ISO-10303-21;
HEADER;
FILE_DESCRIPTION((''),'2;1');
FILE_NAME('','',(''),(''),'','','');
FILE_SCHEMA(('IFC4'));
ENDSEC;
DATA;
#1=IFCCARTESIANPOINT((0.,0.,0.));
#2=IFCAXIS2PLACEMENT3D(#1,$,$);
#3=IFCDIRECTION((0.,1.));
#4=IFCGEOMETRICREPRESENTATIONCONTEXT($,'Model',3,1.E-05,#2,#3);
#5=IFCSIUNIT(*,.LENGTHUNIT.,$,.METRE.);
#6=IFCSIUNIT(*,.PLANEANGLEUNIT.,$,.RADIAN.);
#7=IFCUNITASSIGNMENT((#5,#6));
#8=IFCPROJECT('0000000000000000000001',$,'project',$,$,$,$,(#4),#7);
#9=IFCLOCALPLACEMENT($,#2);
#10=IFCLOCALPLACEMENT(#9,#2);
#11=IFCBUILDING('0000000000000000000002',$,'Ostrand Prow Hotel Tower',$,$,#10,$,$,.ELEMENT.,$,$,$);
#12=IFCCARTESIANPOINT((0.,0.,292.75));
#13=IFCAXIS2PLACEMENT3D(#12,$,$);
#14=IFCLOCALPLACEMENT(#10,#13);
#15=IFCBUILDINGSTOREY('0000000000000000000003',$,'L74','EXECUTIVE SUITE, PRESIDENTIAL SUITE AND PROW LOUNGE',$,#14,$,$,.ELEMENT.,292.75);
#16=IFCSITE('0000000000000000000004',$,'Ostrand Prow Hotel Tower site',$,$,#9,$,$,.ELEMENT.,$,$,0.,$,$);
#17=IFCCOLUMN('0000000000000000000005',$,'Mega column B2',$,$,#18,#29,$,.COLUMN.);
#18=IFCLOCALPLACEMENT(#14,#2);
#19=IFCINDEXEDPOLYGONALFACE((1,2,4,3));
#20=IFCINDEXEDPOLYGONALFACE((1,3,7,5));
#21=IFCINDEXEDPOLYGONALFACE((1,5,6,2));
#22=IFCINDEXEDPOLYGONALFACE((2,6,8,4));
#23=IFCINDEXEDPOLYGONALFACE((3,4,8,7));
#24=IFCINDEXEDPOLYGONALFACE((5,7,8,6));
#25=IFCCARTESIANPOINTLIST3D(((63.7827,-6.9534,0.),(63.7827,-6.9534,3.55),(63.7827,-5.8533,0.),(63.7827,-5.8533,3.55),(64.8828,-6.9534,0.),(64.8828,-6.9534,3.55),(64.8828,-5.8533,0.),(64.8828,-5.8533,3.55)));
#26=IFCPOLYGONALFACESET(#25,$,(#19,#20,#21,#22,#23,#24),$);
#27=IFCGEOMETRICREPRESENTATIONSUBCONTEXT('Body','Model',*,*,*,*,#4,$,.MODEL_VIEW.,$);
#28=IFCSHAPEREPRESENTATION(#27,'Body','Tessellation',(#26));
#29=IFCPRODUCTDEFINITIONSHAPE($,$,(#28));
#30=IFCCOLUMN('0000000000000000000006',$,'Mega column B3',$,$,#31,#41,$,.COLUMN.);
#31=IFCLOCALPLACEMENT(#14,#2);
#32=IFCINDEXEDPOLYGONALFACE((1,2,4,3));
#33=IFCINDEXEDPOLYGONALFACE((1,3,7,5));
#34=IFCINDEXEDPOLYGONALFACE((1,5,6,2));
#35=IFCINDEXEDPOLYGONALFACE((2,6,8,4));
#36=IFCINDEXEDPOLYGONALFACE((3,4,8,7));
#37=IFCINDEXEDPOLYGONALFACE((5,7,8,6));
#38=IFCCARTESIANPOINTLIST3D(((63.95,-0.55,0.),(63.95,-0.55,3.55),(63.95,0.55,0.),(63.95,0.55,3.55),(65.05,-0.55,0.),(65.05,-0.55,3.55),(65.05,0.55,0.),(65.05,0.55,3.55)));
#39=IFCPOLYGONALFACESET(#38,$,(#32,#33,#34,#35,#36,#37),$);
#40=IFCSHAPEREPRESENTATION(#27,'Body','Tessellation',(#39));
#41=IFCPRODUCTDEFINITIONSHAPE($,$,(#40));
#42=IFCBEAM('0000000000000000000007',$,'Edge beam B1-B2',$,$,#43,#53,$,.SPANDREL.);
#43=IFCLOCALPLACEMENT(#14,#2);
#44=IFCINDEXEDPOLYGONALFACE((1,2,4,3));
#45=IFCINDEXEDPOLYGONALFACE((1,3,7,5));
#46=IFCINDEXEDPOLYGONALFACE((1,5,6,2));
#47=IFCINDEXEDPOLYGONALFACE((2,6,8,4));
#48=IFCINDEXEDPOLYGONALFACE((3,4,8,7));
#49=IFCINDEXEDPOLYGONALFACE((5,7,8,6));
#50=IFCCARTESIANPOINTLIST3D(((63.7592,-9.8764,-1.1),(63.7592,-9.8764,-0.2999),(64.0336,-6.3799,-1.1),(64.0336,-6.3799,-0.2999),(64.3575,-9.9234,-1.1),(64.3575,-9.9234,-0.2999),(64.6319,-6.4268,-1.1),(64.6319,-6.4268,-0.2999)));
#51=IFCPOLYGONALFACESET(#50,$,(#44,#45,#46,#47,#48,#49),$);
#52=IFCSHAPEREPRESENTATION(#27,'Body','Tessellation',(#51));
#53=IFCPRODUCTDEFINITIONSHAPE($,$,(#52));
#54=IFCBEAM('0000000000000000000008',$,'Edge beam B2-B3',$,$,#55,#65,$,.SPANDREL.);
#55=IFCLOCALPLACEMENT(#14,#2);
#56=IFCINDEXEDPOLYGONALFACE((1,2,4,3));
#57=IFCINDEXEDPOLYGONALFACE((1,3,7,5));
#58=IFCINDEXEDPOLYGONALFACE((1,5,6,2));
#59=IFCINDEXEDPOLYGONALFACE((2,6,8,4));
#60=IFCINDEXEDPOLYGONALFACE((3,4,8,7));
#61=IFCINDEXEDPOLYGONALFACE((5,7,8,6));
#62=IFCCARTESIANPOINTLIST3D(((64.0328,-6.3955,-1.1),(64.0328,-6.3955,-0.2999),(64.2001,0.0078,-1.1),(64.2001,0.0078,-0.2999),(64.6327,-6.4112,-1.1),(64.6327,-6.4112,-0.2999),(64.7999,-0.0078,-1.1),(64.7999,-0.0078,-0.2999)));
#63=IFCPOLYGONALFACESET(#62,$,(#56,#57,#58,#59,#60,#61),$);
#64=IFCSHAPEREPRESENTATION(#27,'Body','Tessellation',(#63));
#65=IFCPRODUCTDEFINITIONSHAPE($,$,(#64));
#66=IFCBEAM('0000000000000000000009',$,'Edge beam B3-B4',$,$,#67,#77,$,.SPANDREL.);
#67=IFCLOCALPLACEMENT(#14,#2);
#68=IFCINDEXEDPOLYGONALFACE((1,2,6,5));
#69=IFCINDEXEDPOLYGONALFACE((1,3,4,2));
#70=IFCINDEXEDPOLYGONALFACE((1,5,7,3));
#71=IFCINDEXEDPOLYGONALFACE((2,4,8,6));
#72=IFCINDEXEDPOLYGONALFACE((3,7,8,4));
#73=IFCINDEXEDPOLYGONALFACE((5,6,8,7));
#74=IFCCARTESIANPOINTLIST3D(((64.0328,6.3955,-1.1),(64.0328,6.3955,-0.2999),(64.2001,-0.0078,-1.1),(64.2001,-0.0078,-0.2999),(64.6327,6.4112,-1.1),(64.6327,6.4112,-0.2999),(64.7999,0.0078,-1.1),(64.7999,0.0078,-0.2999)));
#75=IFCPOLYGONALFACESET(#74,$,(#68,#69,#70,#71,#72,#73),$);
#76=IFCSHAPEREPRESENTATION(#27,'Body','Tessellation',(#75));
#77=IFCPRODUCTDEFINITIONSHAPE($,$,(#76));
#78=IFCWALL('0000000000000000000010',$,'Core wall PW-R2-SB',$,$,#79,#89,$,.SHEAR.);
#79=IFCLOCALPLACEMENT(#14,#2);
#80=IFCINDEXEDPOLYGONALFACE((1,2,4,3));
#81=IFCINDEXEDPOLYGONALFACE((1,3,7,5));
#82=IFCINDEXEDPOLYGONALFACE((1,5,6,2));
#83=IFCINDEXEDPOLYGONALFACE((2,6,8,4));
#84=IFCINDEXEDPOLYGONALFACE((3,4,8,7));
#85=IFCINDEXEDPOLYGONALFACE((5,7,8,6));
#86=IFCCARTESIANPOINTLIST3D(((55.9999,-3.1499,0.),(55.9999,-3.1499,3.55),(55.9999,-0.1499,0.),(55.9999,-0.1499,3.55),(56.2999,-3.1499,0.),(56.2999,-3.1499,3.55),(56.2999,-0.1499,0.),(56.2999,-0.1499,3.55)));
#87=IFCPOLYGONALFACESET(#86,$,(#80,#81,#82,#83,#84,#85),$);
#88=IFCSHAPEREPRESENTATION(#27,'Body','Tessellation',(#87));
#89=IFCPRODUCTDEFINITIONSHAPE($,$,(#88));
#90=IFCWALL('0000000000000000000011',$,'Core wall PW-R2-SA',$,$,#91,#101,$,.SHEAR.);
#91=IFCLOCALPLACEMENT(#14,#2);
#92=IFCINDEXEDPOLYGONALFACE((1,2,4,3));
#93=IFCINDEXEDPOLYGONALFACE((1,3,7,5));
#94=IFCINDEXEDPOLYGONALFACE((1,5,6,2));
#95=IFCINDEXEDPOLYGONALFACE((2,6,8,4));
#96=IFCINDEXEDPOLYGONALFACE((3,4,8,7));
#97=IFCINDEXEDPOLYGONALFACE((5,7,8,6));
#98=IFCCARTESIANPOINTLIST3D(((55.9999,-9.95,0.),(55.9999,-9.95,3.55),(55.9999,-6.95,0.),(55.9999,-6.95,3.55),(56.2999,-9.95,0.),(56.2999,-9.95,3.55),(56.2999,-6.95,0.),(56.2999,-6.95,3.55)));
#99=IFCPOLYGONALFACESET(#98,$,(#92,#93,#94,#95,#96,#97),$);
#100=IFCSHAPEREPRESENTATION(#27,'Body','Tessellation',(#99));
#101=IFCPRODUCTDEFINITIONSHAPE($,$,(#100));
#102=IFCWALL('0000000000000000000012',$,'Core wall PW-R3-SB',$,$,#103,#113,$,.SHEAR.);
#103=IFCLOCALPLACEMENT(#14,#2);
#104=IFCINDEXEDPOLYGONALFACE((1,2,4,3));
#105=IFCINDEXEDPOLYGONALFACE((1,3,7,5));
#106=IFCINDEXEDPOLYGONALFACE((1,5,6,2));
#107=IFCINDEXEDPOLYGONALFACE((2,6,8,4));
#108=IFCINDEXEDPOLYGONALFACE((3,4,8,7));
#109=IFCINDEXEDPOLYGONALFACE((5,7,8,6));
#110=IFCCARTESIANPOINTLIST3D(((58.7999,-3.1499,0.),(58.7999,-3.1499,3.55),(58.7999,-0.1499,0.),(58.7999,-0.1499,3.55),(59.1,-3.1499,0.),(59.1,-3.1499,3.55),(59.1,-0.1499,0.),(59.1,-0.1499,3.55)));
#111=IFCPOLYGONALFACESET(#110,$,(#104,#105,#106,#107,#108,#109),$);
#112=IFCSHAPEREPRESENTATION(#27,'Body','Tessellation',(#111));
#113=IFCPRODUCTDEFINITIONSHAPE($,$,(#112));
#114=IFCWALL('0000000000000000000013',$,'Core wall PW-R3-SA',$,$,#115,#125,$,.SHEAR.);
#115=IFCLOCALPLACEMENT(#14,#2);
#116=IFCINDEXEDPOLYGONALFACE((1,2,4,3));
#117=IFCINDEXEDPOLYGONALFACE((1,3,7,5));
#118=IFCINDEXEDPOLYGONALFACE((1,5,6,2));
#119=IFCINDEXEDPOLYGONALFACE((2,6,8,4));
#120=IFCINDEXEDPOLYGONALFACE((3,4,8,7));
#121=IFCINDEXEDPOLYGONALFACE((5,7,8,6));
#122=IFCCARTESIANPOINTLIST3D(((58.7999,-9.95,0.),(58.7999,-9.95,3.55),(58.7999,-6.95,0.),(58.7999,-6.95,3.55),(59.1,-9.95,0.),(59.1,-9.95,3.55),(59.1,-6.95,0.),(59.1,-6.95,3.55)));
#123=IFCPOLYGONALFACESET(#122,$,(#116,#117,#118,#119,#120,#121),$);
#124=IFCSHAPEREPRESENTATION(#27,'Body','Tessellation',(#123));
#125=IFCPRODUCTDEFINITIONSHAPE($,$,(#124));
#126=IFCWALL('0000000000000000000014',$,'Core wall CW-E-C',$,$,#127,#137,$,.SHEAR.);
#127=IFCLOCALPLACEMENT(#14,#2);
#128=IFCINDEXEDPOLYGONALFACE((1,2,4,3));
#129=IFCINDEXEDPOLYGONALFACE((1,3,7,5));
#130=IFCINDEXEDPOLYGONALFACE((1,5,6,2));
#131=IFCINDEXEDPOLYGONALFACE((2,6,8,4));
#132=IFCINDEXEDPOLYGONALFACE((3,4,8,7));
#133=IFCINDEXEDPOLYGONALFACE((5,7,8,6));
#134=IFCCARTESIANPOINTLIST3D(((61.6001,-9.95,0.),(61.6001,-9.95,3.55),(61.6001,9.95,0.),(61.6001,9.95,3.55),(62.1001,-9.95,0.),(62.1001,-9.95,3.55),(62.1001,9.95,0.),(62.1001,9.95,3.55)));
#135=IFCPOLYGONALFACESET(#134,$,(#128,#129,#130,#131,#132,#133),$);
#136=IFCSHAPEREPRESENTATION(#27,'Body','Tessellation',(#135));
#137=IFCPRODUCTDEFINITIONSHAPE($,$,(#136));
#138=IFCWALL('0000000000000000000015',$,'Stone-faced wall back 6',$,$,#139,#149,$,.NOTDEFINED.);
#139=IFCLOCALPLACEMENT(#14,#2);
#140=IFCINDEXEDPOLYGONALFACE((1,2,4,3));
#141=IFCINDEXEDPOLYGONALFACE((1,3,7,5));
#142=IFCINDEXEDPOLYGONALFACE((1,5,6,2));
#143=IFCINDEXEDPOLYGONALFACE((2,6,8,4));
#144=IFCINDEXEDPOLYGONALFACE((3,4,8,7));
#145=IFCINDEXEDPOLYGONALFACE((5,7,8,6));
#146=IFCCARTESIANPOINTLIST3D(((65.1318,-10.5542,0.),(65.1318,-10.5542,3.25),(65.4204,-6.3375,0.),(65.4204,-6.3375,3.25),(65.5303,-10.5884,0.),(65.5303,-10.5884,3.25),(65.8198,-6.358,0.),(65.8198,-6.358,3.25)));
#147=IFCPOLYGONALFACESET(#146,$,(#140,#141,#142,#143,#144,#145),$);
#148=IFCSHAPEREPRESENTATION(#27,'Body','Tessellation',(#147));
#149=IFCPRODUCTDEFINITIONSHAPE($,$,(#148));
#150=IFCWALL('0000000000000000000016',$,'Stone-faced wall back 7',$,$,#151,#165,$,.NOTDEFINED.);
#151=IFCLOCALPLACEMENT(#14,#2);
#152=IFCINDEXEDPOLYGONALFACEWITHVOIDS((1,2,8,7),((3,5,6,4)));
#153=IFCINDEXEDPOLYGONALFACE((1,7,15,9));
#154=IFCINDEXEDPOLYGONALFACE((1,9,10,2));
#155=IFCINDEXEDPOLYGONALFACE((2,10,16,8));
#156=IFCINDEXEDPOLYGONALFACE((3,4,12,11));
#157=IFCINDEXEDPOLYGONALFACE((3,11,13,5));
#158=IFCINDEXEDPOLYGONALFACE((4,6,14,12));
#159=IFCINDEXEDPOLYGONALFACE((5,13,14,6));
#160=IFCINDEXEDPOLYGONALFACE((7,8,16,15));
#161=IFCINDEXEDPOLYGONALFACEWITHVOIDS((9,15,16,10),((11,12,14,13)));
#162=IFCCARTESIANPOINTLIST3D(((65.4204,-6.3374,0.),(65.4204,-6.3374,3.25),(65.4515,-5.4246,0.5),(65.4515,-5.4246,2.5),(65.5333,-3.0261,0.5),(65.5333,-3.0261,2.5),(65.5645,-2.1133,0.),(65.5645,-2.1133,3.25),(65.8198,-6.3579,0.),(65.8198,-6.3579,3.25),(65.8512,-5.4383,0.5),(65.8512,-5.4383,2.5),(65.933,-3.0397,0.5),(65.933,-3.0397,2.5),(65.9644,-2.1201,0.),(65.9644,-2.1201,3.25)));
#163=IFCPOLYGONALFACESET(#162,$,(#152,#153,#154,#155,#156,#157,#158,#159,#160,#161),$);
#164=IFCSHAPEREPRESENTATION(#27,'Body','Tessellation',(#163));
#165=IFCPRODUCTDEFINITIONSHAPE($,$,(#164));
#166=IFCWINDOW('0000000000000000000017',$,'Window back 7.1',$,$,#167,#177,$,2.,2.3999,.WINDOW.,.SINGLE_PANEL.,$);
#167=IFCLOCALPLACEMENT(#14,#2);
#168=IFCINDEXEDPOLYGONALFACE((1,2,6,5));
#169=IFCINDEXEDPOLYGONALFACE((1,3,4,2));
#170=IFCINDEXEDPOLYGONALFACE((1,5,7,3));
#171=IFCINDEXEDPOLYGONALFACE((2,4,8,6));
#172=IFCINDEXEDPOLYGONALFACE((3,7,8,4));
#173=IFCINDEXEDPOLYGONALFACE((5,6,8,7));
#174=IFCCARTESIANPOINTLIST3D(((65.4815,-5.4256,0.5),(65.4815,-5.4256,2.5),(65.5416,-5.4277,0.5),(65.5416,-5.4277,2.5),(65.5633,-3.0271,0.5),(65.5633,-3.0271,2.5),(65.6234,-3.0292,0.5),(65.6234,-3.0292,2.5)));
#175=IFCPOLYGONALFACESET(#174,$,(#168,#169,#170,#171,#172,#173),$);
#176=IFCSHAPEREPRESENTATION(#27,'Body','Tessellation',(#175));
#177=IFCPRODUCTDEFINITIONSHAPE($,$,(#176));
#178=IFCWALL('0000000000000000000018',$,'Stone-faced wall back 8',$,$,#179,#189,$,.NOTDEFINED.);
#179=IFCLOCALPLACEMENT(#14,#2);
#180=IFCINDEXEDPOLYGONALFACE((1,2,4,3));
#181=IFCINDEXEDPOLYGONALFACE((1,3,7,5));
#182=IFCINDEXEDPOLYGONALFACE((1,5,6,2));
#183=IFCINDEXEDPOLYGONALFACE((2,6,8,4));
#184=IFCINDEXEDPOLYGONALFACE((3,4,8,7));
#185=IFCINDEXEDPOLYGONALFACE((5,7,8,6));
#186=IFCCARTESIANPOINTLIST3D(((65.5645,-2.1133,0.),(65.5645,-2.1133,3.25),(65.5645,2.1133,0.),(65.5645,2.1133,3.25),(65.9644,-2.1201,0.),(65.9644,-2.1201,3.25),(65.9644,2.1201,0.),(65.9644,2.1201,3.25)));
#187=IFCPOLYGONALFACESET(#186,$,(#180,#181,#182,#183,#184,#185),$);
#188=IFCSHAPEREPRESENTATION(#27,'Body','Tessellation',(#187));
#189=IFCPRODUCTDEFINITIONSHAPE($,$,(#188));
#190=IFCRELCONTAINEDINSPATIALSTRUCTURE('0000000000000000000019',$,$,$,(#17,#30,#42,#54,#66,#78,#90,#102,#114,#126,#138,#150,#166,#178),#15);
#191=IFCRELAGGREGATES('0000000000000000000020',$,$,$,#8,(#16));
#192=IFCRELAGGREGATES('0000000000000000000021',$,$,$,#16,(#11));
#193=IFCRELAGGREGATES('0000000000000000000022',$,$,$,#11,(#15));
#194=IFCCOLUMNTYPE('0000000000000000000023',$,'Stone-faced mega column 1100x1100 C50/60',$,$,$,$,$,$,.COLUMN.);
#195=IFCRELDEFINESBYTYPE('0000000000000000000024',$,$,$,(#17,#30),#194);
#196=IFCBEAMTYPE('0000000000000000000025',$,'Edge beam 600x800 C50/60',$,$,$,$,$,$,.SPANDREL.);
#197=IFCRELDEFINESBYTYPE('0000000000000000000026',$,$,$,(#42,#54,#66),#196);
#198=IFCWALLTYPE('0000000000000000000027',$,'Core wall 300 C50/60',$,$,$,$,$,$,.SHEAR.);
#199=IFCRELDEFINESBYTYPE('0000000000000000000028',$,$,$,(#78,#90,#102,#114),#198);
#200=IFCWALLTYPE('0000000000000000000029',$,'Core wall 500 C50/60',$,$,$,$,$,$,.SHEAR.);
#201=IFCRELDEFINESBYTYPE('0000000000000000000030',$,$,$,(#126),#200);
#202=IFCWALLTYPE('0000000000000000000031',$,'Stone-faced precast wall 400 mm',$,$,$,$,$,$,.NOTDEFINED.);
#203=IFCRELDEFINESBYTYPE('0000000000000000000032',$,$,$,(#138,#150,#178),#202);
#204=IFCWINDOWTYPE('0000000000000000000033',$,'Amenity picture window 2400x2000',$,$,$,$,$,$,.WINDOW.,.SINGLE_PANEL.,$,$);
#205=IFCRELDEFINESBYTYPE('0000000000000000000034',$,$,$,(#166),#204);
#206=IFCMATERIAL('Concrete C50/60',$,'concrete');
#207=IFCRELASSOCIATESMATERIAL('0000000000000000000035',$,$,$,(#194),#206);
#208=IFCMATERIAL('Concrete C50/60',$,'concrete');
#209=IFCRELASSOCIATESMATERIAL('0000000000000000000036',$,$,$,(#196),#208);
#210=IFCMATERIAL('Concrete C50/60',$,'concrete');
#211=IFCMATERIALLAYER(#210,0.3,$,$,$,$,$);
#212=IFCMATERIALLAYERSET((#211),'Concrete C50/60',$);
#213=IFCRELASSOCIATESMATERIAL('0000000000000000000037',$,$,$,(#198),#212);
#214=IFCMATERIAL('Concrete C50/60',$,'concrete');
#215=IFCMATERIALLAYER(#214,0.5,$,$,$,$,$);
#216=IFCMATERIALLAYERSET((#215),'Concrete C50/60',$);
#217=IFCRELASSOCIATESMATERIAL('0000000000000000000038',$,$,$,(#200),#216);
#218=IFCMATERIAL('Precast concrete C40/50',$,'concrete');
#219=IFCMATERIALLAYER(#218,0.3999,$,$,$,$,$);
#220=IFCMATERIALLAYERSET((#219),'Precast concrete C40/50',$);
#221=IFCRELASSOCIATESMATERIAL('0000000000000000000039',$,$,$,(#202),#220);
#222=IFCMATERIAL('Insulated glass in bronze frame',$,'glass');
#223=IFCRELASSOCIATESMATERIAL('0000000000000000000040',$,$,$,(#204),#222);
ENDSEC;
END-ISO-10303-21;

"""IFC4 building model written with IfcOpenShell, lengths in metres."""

from ifc_helpers import new_model, si_unit, direction, frame, frame_2d, origin, origin_2d, place, context, subcontext, project, spatial, polyline, rectangle, outline, extrude, material, layer, layer_set, material_profile, profile_set, type_object, element, fill, save


model = new_model("IFC4")

# Units and contexts
model_context = context("Model", 3, precision=1e-05, world=origin(), true_north=direction((0.0, 1.0)))
body_context = subcontext(model_context, "Body", "Model", "MODEL_VIEW")
ifc_project = project(units=[si_unit("LENGTHUNIT", "METRE"), si_unit("PLANEANGLEUNIT", "RADIAN")], contexts=[model_context])

# Site, building, storey
site_placement = place(None, origin())
site = spatial("IfcSite", under=ifc_project, at=site_placement, Name="Ostrand Prow Hotel Tower site", CompositionType="ELEMENT", RefElevation=0.0)
building_placement = place(site_placement, origin())
building = spatial("IfcBuilding", under=site, at=building_placement, Name="Ostrand Prow Hotel Tower", CompositionType="ELEMENT")
storey_placement = place(building_placement, frame((0.0, 0.0, 292.75)))
storey = spatial("IfcBuildingStorey", under=building, at=storey_placement, Name="L74", Description="EXECUTIVE SUITE, PRESIDENTIAL SUITE AND PROW LOUNGE", CompositionType="ELEMENT", Elevation=292.75)

# Columns
ifc_material_1 = material(Name="Concrete C50/60", Category="concrete")
ifc_material_profile_1 = material_profile(ifc_material_1, rectangle(XDim=1.1001, YDim=1.1001, at=origin_2d()), Name="RC 1100x1100")
ifc_profile_set_1 = profile_set([ifc_material_profile_1], Name="Concrete C50/60")
column_type = type_object("IfcColumnType", Name="Stone-faced mega column 1100x1100 C50/60", PredefinedType="COLUMN", material=ifc_profile_set_1)
for number, where, z_axis, x_axis, name in (
    (1, (64.3328, -6.4033, 0.0), (0.0, 0.0, 1.0), (1.0, 0.0, 0.0), "Mega column B2"),
    (2, (64.5, 0.0, 0.0), (0.0, 0.0, 1.0), (1.0, 0.0, 0.0), "Mega column B3"),
):
    element("IfcColumn", number, at=place(storey_placement, frame(where, z_axis=z_axis, x_axis=x_axis)), inside=storey, type_object=column_type, Name=name, PredefinedType="COLUMN", context=body_context, shape_type="SweptSolid", body=[
        extrude(rectangle(XDim=1.1001, YDim=1.1001, at=origin_2d()), origin(), (0.0, 0.0, 1.0), 3.55),
    ])

# Beams
ifc_material_2 = material(Name="Concrete C50/60", Category="concrete")
ifc_material_profile_2 = material_profile(ifc_material_2, rectangle(XDim=0.6001, YDim=0.8, at=origin_2d()), Name="RC 600x800")
ifc_profile_set_2 = profile_set([ifc_material_profile_2], Name="Concrete C50/60")
beam_type = type_object("IfcBeamType", Name="Edge beam 600x800 C50/60", PredefinedType="SPANDREL", material=ifc_profile_set_2)
beam_placement = place(storey_placement, frame((64.0583, -9.8999, -0.7), z_axis=(0.07824, 0.996935, 0.0), x_axis=(-0.996935, 0.07824, 0.0)))
element("IfcBeam", 3, at=beam_placement, inside=storey, type_object=beam_type, Name="Edge beam B1-B2", PredefinedType="SPANDREL", context=body_context, shape_type="SweptSolid", body=[
    extrude(rectangle(XDim=0.6001, YDim=0.8, at=origin_2d()), origin(), (0.0, 0.0, 1.0), 3.5073),
])
for number, where, z_axis, x_axis, name in (
    (4, (64.3328, -6.4033, -0.7), (0.026108, 0.999659, 0.0), (-0.999659, 0.026108, 0.0), "Edge beam B2-B3"),
    (5, (64.5, 0.0, -0.7), (-0.026108, 0.999659, 0.0), (-0.999659, -0.026108, 0.0), "Edge beam B3-B4"),
):
    element("IfcBeam", number, at=place(storey_placement, frame(where, z_axis=z_axis, x_axis=x_axis)), inside=storey, type_object=beam_type, Name=name, PredefinedType="SPANDREL", context=body_context, shape_type="SweptSolid", body=[
        extrude(rectangle(XDim=0.6001, YDim=0.8, at=origin_2d()), origin(), (0.0, 0.0, 1.0), 6.4055),
    ])

# Walls
ifc_material_3 = material(Name="Concrete C50/60", Category="concrete")
ifc_layer_1 = layer(ifc_material_3, 0.3)
ifc_layer_set_1 = layer_set([ifc_layer_1], Name="Concrete C50/60")
wall_type_1 = type_object("IfcWallType", Name="Core wall 300 C50/60", PredefinedType="SHEAR", material=ifc_layer_set_1)
for number, where, z_axis, x_axis, name in (
    (6, (56.1499, -3.1499, 0.0), (0.0, 0.0, 1.0), (0.0, 1.0, 0.0), "Core wall PW-R2-SB"),
    (7, (56.1499, -9.95, 0.0), (0.0, 0.0, 1.0), (0.0, 1.0, 0.0), "Core wall PW-R2-SA"),
    (8, (58.95, -3.1499, 0.0), (0.0, 0.0, 1.0), (0.0, 1.0, 0.0), "Core wall PW-R3-SB"),
    (9, (58.95, -9.95, 0.0), (0.0, 0.0, 1.0), (0.0, 1.0, 0.0), "Core wall PW-R3-SA"),
):
    element("IfcWall", number, at=place(storey_placement, frame(where, z_axis=z_axis, x_axis=x_axis)), inside=storey, type_object=wall_type_1, Name=name, PredefinedType="SHEAR", context=body_context, shape_type="SweptSolid", body=[
        extrude(rectangle(XDim=3.0, YDim=0.3, at=frame_2d((1.5, 0.0))), origin(), (0.0, 0.0, 1.0), 3.55),
    ])
ifc_material_4 = material(Name="Concrete C50/60", Category="concrete")
ifc_layer_2 = layer(ifc_material_4, 0.5)
ifc_layer_set_2 = layer_set([ifc_layer_2], Name="Concrete C50/60")
wall_type_2 = type_object("IfcWallType", Name="Core wall 500 C50/60", PredefinedType="SHEAR", material=ifc_layer_set_2)
wall_1_placement = place(storey_placement, frame((61.8501, -9.95, 0.0), z_axis=(0.0, 0.0, 1.0), x_axis=(0.0, 1.0, 0.0)))
element("IfcWall", 10, at=wall_1_placement, inside=storey, type_object=wall_type_2, Name="Core wall CW-E-C", PredefinedType="SHEAR", context=body_context, shape_type="SweptSolid", body=[
    extrude(rectangle(XDim=19.8999, YDim=0.5, at=frame_2d((9.95, 0.0))), origin(), (0.0, 0.0, 1.0), 3.55),
])
ifc_material_5 = material(Name="Precast concrete C40/50", Category="concrete")
ifc_layer_3 = layer(ifc_material_5, 0.3999)
ifc_layer_set_3 = layer_set([ifc_layer_3], Name="Precast concrete C40/50")
wall_type_3 = type_object("IfcWallType", Name="Stone-faced precast wall 400 mm", PredefinedType="NOTDEFINED", material=ifc_layer_set_3)
wall_2_placement = place(storey_placement, frame((65.3311, -10.5713, 0.0), z_axis=(0.0, 0.0, 1.0), x_axis=(0.06828, 0.997666, 0.0)))
element("IfcWall", 11, at=wall_2_placement, inside=storey, type_object=wall_type_3, Name="Stone-faced wall back 6", PredefinedType="NOTDEFINED", context=body_context, shape_type="SweptSolid", body=[
    extrude(outline(polyline([(-0.0034, -0.2), (4.2368, -0.2), (4.23, 0.2), (0.0034, 0.2), (-0.0034, -0.2)])), origin(), (0.0, 0.0, 1.0), 3.25),
])

# Wall, opening, window
wall_3_placement = place(storey_placement, frame((65.6201, -6.3477, 0.0), z_axis=(0.0, 0.0, 1.0), x_axis=(0.034083, 0.999419, 0.0)))
wall_3 = element("IfcWall", 12, at=wall_3_placement, inside=storey, type_object=wall_type_3, Name="Stone-faced wall back 7", PredefinedType="NOTDEFINED", context=body_context, shape_type="SweptSolid", body=[
    extrude(outline(polyline([(-0.0034, -0.2), (4.2368, -0.2), (4.23, 0.2), (0.0034, 0.2), (-0.0034, -0.2)])), origin(), (0.0, 0.0, 1.0), 3.25),
])
opening_placement = place(wall_3_placement, frame((0.9167, 0.0, 0.5)))
opening = element("IfcOpeningElement", 13, at=opening_placement, cuts=wall_3, PredefinedType="OPENING", context=body_context, shape_type="SweptSolid", body=[
    extrude(rectangle(XDim=2.3999, YDim=2.0, at=frame_2d((1.2, 1.0))), frame((0.0, 0.21, 0.0), z_axis=(0.0, -1.0, 0.0), x_axis=(1.0, 0.0, 0.0)), (0.0, 0.0, 1.0), 0.4199),
])
ifc_material_6 = material(Name="Insulated glass in bronze frame", Category="glass")
window_type = type_object("IfcWindowType", Name="Amenity picture window 2400x2000", PartitioningType="SINGLE_PANEL", PredefinedType="WINDOW", material=ifc_material_6)
window_placement = place(opening_placement, origin())
window = element("IfcWindow", 14, at=window_placement, inside=storey, type_object=window_type, Name="Window back 7.1", OverallHeight=2.0, OverallWidth=2.3999, PartitioningType="SINGLE_PANEL", PredefinedType="WINDOW", context=body_context, shape_type="SweptSolid", body=[
    extrude(rectangle(XDim=2.3999, YDim=2.0, at=frame_2d((1.2, 1.0))), frame((0.0, 0.1699, 0.0), z_axis=(0.0, -1.0, 0.0), x_axis=(1.0, 0.0, 0.0)), (0.0, 0.0, 1.0), 0.0601),
])
fill(opening, window)

# Wall
wall_4_placement = place(storey_placement, frame((65.7644, -2.1167, 0.0), z_axis=(0.0, 0.0, 1.0), x_axis=(0.0, 1.0, 0.0)))
element("IfcWall", 15, at=wall_4_placement, inside=storey, type_object=wall_type_3, Name="Stone-faced wall back 8", PredefinedType="NOTDEFINED", context=body_context, shape_type="SweptSolid", body=[
    extrude(outline(polyline([(-0.0034, -0.2), (4.2368, -0.2), (4.23, 0.2), (0.0034, 0.2), (-0.0034, -0.2)])), origin(), (0.0, 0.0, 1.0), 3.25),
])

save(model, "model.ifc")
